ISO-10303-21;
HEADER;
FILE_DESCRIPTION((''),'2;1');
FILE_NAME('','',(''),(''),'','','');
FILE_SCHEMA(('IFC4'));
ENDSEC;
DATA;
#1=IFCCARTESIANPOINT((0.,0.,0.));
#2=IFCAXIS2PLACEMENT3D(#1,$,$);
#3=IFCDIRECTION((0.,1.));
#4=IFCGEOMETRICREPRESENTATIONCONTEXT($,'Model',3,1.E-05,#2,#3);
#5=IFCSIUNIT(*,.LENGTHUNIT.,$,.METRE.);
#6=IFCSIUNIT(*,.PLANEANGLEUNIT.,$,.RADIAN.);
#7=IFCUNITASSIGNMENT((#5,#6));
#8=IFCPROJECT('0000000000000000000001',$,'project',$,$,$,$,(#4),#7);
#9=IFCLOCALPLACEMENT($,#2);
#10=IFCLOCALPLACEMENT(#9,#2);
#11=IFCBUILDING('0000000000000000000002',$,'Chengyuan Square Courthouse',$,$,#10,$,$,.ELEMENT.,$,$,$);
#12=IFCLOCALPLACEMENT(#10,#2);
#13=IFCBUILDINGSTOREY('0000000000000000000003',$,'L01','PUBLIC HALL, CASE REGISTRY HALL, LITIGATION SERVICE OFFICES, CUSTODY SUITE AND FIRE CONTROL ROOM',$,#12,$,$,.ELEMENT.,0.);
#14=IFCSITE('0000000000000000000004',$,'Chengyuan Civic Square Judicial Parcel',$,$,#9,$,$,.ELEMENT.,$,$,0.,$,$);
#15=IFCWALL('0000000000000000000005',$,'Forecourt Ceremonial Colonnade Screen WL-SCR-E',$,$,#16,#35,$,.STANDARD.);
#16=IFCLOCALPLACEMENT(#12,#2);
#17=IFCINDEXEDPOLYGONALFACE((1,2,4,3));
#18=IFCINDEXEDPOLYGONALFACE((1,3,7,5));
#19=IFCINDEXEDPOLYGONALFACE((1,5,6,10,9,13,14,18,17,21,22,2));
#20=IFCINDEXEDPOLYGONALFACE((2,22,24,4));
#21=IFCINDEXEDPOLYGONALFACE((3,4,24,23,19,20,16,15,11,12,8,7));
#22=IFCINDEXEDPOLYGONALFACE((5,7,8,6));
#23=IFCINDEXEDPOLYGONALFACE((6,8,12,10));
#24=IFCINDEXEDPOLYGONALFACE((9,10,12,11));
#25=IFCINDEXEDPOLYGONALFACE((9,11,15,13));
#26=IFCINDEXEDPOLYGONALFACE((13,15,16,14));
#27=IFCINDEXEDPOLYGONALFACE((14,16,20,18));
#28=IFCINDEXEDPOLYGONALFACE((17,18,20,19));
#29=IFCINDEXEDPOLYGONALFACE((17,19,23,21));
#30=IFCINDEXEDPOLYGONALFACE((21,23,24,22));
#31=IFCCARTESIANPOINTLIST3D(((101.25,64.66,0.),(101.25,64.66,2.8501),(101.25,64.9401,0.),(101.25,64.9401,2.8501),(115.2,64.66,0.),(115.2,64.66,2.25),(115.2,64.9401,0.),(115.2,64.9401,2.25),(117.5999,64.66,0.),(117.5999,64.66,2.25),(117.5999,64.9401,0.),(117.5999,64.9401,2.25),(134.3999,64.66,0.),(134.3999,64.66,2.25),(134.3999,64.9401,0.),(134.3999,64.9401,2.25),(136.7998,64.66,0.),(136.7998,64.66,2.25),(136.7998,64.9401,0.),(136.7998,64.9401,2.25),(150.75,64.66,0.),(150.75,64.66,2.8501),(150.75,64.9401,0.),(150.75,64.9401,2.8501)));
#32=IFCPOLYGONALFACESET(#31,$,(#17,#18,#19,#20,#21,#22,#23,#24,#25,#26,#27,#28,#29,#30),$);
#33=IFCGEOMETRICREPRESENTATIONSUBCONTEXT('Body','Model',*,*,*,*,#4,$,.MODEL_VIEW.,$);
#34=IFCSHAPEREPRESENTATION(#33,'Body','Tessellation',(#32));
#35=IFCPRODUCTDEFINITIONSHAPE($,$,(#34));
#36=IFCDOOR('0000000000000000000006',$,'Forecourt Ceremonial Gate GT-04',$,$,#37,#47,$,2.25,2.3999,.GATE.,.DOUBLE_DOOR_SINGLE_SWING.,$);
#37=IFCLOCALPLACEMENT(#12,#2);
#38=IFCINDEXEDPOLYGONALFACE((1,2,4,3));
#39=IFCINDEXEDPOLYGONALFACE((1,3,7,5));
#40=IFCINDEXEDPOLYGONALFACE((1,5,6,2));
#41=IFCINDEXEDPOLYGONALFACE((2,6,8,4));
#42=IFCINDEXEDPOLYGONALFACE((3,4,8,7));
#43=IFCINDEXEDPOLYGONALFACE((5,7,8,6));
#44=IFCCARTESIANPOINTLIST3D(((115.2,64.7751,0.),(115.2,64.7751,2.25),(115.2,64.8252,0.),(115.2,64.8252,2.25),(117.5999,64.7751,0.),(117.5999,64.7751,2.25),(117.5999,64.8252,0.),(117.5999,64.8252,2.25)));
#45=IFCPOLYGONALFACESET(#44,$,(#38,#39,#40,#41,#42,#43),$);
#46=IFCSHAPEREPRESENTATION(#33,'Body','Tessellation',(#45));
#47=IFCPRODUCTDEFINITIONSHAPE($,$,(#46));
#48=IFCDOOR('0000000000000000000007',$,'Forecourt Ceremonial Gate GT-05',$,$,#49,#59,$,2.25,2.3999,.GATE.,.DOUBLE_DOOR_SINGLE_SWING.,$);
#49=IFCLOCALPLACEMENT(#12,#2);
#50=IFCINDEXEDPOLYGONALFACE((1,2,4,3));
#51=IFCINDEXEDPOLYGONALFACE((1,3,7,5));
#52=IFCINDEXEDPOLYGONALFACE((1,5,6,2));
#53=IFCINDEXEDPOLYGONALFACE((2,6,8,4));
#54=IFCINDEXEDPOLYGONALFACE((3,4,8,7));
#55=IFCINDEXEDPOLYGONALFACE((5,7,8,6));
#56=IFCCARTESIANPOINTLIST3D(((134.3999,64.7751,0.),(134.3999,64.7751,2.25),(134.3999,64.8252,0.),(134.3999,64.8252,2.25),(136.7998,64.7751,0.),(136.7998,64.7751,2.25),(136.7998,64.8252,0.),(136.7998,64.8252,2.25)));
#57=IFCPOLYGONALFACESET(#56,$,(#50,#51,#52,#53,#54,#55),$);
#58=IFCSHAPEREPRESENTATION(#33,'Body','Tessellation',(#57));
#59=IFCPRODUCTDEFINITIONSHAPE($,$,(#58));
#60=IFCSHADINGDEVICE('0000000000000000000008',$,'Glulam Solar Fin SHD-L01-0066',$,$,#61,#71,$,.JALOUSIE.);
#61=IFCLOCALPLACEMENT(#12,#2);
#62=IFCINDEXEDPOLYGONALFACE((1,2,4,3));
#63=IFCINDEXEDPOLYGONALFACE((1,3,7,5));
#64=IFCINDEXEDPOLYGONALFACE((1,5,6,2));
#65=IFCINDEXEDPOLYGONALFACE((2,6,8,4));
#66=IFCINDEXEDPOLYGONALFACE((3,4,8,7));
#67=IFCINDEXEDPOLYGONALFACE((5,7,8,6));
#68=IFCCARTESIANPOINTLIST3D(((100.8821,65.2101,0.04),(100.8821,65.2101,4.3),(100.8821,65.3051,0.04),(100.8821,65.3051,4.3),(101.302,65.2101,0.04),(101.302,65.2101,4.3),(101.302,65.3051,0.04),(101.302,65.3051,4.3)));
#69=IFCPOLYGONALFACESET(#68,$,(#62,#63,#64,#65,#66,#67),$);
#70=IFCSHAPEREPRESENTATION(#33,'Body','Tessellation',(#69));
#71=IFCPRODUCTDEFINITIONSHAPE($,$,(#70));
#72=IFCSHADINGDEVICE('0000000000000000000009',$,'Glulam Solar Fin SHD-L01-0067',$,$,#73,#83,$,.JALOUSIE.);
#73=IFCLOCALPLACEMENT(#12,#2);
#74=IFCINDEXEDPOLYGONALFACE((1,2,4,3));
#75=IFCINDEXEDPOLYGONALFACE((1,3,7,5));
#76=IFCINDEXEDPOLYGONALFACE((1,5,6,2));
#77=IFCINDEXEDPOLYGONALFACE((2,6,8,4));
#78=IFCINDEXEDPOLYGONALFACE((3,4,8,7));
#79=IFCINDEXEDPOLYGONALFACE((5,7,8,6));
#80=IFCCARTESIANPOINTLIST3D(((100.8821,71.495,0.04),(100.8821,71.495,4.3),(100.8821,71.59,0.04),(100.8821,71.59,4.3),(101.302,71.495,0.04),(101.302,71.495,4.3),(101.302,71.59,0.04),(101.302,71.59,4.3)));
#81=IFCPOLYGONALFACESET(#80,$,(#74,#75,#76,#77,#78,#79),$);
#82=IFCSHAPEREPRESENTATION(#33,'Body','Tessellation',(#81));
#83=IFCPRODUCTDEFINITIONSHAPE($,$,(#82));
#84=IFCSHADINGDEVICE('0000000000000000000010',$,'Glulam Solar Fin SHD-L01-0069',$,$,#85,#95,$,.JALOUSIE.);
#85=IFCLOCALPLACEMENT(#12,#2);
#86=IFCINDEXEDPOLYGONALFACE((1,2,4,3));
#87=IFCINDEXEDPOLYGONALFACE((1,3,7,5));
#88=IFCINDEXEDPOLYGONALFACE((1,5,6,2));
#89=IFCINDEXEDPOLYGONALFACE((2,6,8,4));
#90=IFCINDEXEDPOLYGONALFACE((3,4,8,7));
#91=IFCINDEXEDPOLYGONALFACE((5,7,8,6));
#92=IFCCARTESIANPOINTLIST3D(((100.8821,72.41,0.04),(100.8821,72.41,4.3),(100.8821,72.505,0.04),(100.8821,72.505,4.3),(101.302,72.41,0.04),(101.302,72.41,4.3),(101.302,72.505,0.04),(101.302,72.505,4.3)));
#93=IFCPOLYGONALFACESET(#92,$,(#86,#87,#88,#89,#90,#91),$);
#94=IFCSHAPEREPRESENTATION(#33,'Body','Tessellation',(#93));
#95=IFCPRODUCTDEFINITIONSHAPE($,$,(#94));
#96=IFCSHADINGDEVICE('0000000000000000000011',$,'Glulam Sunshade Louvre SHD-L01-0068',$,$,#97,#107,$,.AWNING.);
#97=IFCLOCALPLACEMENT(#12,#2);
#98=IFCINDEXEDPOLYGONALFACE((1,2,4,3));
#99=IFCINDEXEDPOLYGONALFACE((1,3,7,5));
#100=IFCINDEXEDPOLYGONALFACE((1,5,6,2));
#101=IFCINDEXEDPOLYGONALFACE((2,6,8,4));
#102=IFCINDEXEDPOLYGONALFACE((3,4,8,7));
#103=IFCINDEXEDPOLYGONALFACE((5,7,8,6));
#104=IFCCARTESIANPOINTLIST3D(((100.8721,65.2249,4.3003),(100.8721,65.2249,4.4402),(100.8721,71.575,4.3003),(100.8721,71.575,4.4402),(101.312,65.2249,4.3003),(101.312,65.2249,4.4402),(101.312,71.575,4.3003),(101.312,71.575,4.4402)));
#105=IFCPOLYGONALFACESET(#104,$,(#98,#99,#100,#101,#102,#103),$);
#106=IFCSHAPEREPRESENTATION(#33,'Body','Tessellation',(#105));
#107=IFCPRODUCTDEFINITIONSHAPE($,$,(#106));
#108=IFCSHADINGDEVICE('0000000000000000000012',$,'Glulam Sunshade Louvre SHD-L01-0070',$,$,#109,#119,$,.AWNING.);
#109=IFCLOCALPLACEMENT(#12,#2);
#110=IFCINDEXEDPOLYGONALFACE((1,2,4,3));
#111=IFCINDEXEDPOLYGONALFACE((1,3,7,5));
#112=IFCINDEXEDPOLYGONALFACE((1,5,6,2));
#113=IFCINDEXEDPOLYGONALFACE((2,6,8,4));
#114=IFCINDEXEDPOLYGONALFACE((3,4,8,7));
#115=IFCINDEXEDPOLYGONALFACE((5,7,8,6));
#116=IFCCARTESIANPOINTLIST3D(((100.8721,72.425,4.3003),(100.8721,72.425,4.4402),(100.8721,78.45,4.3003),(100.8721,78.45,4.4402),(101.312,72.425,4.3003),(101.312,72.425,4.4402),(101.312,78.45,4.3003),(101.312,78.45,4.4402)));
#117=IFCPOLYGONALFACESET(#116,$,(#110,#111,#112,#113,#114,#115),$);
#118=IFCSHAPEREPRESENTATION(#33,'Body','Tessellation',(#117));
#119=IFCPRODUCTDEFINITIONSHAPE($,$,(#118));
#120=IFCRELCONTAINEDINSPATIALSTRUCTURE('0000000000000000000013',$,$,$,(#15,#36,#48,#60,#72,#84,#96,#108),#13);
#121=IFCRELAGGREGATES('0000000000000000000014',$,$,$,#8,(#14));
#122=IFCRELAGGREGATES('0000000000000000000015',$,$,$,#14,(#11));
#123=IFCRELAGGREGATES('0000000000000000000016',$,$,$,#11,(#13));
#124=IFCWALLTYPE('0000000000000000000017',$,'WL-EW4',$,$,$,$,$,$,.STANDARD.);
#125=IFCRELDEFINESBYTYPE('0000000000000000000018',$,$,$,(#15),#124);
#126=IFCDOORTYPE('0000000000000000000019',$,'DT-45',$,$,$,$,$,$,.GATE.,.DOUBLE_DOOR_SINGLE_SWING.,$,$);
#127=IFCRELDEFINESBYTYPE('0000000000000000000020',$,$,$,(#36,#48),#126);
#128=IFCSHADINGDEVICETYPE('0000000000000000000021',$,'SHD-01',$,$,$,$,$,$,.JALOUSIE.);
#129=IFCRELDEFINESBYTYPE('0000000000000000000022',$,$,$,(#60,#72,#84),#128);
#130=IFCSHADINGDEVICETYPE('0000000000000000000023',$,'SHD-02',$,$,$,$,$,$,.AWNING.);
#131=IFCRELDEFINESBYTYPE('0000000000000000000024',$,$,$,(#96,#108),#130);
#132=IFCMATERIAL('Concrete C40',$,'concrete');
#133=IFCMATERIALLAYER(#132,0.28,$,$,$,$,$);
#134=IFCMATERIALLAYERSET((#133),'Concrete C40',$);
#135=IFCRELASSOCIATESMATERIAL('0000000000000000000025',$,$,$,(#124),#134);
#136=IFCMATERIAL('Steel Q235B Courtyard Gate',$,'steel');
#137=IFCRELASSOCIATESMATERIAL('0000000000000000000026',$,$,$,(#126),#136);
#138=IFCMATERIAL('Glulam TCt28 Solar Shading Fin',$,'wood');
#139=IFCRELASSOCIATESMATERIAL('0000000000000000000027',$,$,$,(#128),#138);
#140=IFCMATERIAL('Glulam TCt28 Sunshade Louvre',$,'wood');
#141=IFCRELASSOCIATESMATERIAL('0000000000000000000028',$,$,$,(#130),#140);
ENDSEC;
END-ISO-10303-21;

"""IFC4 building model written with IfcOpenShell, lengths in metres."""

from ifc_helpers import new_model, si_unit, direction, frame, frame_2d, origin, origin_2d, place, context, subcontext, project, spatial, rectangle, extrude, material, layer, layer_set, type_object, element, fill, save


model = new_model("IFC4")

# Units and contexts
model_context = context("Model", 3, precision=1e-05, world=origin(), true_north=direction((0.0, 1.0)))
body_context = subcontext(model_context, "Body", "Model", "MODEL_VIEW")
ifc_project = project(units=[si_unit("LENGTHUNIT", "METRE"), si_unit("PLANEANGLEUNIT", "RADIAN")], contexts=[model_context])

# Site, building, storey
site_placement = place(None, origin())
site = spatial("IfcSite", under=ifc_project, at=site_placement, Name="Chengyuan Civic Square Judicial Parcel", CompositionType="ELEMENT", RefElevation=0.0)
building_placement = place(site_placement, origin())
building = spatial("IfcBuilding", under=site, at=building_placement, Name="Chengyuan Square Courthouse", CompositionType="ELEMENT")
storey_placement = place(building_placement, origin())
storey = spatial("IfcBuildingStorey", under=building, at=storey_placement, Name="L01", Description="PUBLIC HALL, CASE REGISTRY HALL, LITIGATION SERVICE OFFICES, CUSTODY SUITE AND FIRE CONTROL ROOM", CompositionType="ELEMENT", Elevation=0.0)

# Shared definitions
ifc_material_1 = material(Name="Concrete C40", Category="concrete")

# Wall, openings, doors
ifc_layer_1 = layer(ifc_material_1, 0.28)
ifc_layer_set_1 = layer_set([ifc_layer_1], Name="Concrete C40")
wall_type = type_object("IfcWallType", Name="WL-EW4", PredefinedType="STANDARD", material=ifc_layer_set_1)
wall_placement = place(storey_placement, frame((101.25, 64.8, 0.0), z_axis=(0.0, 0.0, 1.0), x_axis=(1.0, 0.0, 0.0)))
wall = element("IfcWall", 1, at=wall_placement, inside=storey, type_object=wall_type, Name="Forecourt Ceremonial Colonnade Screen WL-SCR-E", PredefinedType="STANDARD", context=body_context, shape_type="SweptSolid", body=[
    extrude(rectangle(XDim=49.5, YDim=0.28, at=frame_2d((24.75, 0.0))), origin(), (0.0, 0.0, 1.0), 2.8501),
])
opening_1_placement = place(wall_placement, frame((13.95, 0.0, 0.0)))
opening_1 = element("IfcOpeningElement", 2, at=opening_1_placement, cuts=wall, PredefinedType="OPENING", context=body_context, shape_type="SweptSolid", body=[
    extrude(rectangle(XDim=2.3999, YDim=2.25, at=frame_2d((1.2, 1.125))), frame((0.0, 0.1521, 0.0), z_axis=(0.0, -1.0, 0.0), x_axis=(1.0, 0.0, 0.0)), (0.0, 0.0, 1.0), 0.304),
])
opening_2_placement = place(wall_placement, frame((33.1499, 0.0, 0.0)))
opening_2 = element("IfcOpeningElement", 3, at=opening_2_placement, cuts=wall, PredefinedType="OPENING", context=body_context, shape_type="SweptSolid", body=[
    extrude(rectangle(XDim=2.3999, YDim=2.25, at=frame_2d((1.2, 1.125))), frame((0.0, 0.1521, 0.0), z_axis=(0.0, -1.0, 0.0), x_axis=(1.0, 0.0, 0.0)), (0.0, 0.0, 1.0), 0.304),
])
ifc_material_2 = material(Name="Steel Q235B Courtyard Gate", Category="steel")
door_type = type_object("IfcDoorType", Name="DT-45", OperationType="DOUBLE_DOOR_SINGLE_SWING", PredefinedType="GATE", material=ifc_material_2)
door_1_placement = place(opening_1_placement, frame((2.3999, 0.0, 0.0), z_axis=(0.0, 0.0, 1.0), x_axis=(-1.0, 0.0, 0.0)))
door_1 = element("IfcDoor", 4, at=door_1_placement, inside=storey, type_object=door_type, Name="Forecourt Ceremonial Gate GT-04", OperationType="DOUBLE_DOOR_SINGLE_SWING", OverallHeight=2.25, OverallWidth=2.3999, PredefinedType="GATE", context=body_context, shape_type="SweptSolid", body=[
    extrude(rectangle(XDim=2.3999, YDim=2.25, at=frame_2d((1.2, 1.125))), frame((0.0, 0.0249, 0.0), z_axis=(0.0, -1.0, 0.0), x_axis=(1.0, 0.0, 0.0)), (0.0, 0.0, 1.0), 0.05),
])
fill(opening_1, door_1)
door_2_placement = place(opening_2_placement, frame((2.3999, 0.0, 0.0), z_axis=(0.0, 0.0, 1.0), x_axis=(-1.0, 0.0, 0.0)))
door_2 = element("IfcDoor", 5, at=door_2_placement, inside=storey, type_object=door_type, Name="Forecourt Ceremonial Gate GT-05", OperationType="DOUBLE_DOOR_SINGLE_SWING", OverallHeight=2.25, OverallWidth=2.3999, PredefinedType="GATE", context=body_context, shape_type="SweptSolid", body=[
    extrude(rectangle(XDim=2.3999, YDim=2.25, at=frame_2d((1.2, 1.125))), frame((0.0, 0.0249, 0.0), z_axis=(0.0, -1.0, 0.0), x_axis=(1.0, 0.0, 0.0)), (0.0, 0.0, 1.0), 0.05),
])
fill(opening_2, door_2)

# Shading devices
ifc_material_3 = material(Name="Glulam TCt28 Solar Shading Fin", Category="wood")
shading_device_type_1 = type_object("IfcShadingDeviceType", Name="SHD-01", PredefinedType="JALOUSIE", material=ifc_material_3)
for number, where, z_axis, x_axis, name in (
    (6, (101.092, 65.2576, 0.04), (0.0, 0.0, 1.0), (1.0, 0.0, 0.0), "Glulam Solar Fin SHD-L01-0066"),
    (7, (101.092, 71.5425, 0.04), (0.0, 0.0, 1.0), (1.0, 0.0, 0.0), "Glulam Solar Fin SHD-L01-0067"),
    (8, (101.092, 72.4575, 0.04), (0.0, 0.0, 1.0), (1.0, 0.0, 0.0), "Glulam Solar Fin SHD-L01-0069"),
):
    element("IfcShadingDevice", number, at=place(storey_placement, frame(where, z_axis=z_axis, x_axis=x_axis)), inside=storey, type_object=shading_device_type_1, Name=name, PredefinedType="JALOUSIE", context=body_context, shape_type="SweptSolid", body=[
        extrude(rectangle(XDim=0.4199, YDim=0.095, at=origin_2d()), origin(), (0.0, 0.0, 1.0), 4.26),
    ])
ifc_material_4 = material(Name="Glulam TCt28 Sunshade Louvre", Category="wood")
shading_device_type_2 = type_object("IfcShadingDeviceType", Name="SHD-02", PredefinedType="AWNING", material=ifc_material_4)
shading_device_1_placement = place(storey_placement, frame((101.092, 68.3999, 4.3003), z_axis=(0.0, 0.0, 1.0), x_axis=(0.0, 1.0, 0.0)))
element("IfcShadingDevice", 9, at=shading_device_1_placement, inside=storey, type_object=shading_device_type_2, Name="Glulam Sunshade Louvre SHD-L01-0068", PredefinedType="AWNING", context=body_context, shape_type="SweptSolid", body=[
    extrude(rectangle(XDim=6.3501, YDim=0.4399, at=origin_2d()), origin(), (0.0, 0.0, 1.0), 0.1399),
])
shading_device_2_placement = place(storey_placement, frame((101.092, 75.4375, 4.3003), z_axis=(0.0, 0.0, 1.0), x_axis=(0.0, 1.0, 0.0)))
element("IfcShadingDevice", 10, at=shading_device_2_placement, inside=storey, type_object=shading_device_type_2, Name="Glulam Sunshade Louvre SHD-L01-0070", PredefinedType="AWNING", context=body_context, shape_type="SweptSolid", body=[
    extrude(rectangle(XDim=6.0249, YDim=0.4399, at=origin_2d()), origin(), (0.0, 0.0, 1.0), 0.1399),
])

save(model, "model.ifc")
